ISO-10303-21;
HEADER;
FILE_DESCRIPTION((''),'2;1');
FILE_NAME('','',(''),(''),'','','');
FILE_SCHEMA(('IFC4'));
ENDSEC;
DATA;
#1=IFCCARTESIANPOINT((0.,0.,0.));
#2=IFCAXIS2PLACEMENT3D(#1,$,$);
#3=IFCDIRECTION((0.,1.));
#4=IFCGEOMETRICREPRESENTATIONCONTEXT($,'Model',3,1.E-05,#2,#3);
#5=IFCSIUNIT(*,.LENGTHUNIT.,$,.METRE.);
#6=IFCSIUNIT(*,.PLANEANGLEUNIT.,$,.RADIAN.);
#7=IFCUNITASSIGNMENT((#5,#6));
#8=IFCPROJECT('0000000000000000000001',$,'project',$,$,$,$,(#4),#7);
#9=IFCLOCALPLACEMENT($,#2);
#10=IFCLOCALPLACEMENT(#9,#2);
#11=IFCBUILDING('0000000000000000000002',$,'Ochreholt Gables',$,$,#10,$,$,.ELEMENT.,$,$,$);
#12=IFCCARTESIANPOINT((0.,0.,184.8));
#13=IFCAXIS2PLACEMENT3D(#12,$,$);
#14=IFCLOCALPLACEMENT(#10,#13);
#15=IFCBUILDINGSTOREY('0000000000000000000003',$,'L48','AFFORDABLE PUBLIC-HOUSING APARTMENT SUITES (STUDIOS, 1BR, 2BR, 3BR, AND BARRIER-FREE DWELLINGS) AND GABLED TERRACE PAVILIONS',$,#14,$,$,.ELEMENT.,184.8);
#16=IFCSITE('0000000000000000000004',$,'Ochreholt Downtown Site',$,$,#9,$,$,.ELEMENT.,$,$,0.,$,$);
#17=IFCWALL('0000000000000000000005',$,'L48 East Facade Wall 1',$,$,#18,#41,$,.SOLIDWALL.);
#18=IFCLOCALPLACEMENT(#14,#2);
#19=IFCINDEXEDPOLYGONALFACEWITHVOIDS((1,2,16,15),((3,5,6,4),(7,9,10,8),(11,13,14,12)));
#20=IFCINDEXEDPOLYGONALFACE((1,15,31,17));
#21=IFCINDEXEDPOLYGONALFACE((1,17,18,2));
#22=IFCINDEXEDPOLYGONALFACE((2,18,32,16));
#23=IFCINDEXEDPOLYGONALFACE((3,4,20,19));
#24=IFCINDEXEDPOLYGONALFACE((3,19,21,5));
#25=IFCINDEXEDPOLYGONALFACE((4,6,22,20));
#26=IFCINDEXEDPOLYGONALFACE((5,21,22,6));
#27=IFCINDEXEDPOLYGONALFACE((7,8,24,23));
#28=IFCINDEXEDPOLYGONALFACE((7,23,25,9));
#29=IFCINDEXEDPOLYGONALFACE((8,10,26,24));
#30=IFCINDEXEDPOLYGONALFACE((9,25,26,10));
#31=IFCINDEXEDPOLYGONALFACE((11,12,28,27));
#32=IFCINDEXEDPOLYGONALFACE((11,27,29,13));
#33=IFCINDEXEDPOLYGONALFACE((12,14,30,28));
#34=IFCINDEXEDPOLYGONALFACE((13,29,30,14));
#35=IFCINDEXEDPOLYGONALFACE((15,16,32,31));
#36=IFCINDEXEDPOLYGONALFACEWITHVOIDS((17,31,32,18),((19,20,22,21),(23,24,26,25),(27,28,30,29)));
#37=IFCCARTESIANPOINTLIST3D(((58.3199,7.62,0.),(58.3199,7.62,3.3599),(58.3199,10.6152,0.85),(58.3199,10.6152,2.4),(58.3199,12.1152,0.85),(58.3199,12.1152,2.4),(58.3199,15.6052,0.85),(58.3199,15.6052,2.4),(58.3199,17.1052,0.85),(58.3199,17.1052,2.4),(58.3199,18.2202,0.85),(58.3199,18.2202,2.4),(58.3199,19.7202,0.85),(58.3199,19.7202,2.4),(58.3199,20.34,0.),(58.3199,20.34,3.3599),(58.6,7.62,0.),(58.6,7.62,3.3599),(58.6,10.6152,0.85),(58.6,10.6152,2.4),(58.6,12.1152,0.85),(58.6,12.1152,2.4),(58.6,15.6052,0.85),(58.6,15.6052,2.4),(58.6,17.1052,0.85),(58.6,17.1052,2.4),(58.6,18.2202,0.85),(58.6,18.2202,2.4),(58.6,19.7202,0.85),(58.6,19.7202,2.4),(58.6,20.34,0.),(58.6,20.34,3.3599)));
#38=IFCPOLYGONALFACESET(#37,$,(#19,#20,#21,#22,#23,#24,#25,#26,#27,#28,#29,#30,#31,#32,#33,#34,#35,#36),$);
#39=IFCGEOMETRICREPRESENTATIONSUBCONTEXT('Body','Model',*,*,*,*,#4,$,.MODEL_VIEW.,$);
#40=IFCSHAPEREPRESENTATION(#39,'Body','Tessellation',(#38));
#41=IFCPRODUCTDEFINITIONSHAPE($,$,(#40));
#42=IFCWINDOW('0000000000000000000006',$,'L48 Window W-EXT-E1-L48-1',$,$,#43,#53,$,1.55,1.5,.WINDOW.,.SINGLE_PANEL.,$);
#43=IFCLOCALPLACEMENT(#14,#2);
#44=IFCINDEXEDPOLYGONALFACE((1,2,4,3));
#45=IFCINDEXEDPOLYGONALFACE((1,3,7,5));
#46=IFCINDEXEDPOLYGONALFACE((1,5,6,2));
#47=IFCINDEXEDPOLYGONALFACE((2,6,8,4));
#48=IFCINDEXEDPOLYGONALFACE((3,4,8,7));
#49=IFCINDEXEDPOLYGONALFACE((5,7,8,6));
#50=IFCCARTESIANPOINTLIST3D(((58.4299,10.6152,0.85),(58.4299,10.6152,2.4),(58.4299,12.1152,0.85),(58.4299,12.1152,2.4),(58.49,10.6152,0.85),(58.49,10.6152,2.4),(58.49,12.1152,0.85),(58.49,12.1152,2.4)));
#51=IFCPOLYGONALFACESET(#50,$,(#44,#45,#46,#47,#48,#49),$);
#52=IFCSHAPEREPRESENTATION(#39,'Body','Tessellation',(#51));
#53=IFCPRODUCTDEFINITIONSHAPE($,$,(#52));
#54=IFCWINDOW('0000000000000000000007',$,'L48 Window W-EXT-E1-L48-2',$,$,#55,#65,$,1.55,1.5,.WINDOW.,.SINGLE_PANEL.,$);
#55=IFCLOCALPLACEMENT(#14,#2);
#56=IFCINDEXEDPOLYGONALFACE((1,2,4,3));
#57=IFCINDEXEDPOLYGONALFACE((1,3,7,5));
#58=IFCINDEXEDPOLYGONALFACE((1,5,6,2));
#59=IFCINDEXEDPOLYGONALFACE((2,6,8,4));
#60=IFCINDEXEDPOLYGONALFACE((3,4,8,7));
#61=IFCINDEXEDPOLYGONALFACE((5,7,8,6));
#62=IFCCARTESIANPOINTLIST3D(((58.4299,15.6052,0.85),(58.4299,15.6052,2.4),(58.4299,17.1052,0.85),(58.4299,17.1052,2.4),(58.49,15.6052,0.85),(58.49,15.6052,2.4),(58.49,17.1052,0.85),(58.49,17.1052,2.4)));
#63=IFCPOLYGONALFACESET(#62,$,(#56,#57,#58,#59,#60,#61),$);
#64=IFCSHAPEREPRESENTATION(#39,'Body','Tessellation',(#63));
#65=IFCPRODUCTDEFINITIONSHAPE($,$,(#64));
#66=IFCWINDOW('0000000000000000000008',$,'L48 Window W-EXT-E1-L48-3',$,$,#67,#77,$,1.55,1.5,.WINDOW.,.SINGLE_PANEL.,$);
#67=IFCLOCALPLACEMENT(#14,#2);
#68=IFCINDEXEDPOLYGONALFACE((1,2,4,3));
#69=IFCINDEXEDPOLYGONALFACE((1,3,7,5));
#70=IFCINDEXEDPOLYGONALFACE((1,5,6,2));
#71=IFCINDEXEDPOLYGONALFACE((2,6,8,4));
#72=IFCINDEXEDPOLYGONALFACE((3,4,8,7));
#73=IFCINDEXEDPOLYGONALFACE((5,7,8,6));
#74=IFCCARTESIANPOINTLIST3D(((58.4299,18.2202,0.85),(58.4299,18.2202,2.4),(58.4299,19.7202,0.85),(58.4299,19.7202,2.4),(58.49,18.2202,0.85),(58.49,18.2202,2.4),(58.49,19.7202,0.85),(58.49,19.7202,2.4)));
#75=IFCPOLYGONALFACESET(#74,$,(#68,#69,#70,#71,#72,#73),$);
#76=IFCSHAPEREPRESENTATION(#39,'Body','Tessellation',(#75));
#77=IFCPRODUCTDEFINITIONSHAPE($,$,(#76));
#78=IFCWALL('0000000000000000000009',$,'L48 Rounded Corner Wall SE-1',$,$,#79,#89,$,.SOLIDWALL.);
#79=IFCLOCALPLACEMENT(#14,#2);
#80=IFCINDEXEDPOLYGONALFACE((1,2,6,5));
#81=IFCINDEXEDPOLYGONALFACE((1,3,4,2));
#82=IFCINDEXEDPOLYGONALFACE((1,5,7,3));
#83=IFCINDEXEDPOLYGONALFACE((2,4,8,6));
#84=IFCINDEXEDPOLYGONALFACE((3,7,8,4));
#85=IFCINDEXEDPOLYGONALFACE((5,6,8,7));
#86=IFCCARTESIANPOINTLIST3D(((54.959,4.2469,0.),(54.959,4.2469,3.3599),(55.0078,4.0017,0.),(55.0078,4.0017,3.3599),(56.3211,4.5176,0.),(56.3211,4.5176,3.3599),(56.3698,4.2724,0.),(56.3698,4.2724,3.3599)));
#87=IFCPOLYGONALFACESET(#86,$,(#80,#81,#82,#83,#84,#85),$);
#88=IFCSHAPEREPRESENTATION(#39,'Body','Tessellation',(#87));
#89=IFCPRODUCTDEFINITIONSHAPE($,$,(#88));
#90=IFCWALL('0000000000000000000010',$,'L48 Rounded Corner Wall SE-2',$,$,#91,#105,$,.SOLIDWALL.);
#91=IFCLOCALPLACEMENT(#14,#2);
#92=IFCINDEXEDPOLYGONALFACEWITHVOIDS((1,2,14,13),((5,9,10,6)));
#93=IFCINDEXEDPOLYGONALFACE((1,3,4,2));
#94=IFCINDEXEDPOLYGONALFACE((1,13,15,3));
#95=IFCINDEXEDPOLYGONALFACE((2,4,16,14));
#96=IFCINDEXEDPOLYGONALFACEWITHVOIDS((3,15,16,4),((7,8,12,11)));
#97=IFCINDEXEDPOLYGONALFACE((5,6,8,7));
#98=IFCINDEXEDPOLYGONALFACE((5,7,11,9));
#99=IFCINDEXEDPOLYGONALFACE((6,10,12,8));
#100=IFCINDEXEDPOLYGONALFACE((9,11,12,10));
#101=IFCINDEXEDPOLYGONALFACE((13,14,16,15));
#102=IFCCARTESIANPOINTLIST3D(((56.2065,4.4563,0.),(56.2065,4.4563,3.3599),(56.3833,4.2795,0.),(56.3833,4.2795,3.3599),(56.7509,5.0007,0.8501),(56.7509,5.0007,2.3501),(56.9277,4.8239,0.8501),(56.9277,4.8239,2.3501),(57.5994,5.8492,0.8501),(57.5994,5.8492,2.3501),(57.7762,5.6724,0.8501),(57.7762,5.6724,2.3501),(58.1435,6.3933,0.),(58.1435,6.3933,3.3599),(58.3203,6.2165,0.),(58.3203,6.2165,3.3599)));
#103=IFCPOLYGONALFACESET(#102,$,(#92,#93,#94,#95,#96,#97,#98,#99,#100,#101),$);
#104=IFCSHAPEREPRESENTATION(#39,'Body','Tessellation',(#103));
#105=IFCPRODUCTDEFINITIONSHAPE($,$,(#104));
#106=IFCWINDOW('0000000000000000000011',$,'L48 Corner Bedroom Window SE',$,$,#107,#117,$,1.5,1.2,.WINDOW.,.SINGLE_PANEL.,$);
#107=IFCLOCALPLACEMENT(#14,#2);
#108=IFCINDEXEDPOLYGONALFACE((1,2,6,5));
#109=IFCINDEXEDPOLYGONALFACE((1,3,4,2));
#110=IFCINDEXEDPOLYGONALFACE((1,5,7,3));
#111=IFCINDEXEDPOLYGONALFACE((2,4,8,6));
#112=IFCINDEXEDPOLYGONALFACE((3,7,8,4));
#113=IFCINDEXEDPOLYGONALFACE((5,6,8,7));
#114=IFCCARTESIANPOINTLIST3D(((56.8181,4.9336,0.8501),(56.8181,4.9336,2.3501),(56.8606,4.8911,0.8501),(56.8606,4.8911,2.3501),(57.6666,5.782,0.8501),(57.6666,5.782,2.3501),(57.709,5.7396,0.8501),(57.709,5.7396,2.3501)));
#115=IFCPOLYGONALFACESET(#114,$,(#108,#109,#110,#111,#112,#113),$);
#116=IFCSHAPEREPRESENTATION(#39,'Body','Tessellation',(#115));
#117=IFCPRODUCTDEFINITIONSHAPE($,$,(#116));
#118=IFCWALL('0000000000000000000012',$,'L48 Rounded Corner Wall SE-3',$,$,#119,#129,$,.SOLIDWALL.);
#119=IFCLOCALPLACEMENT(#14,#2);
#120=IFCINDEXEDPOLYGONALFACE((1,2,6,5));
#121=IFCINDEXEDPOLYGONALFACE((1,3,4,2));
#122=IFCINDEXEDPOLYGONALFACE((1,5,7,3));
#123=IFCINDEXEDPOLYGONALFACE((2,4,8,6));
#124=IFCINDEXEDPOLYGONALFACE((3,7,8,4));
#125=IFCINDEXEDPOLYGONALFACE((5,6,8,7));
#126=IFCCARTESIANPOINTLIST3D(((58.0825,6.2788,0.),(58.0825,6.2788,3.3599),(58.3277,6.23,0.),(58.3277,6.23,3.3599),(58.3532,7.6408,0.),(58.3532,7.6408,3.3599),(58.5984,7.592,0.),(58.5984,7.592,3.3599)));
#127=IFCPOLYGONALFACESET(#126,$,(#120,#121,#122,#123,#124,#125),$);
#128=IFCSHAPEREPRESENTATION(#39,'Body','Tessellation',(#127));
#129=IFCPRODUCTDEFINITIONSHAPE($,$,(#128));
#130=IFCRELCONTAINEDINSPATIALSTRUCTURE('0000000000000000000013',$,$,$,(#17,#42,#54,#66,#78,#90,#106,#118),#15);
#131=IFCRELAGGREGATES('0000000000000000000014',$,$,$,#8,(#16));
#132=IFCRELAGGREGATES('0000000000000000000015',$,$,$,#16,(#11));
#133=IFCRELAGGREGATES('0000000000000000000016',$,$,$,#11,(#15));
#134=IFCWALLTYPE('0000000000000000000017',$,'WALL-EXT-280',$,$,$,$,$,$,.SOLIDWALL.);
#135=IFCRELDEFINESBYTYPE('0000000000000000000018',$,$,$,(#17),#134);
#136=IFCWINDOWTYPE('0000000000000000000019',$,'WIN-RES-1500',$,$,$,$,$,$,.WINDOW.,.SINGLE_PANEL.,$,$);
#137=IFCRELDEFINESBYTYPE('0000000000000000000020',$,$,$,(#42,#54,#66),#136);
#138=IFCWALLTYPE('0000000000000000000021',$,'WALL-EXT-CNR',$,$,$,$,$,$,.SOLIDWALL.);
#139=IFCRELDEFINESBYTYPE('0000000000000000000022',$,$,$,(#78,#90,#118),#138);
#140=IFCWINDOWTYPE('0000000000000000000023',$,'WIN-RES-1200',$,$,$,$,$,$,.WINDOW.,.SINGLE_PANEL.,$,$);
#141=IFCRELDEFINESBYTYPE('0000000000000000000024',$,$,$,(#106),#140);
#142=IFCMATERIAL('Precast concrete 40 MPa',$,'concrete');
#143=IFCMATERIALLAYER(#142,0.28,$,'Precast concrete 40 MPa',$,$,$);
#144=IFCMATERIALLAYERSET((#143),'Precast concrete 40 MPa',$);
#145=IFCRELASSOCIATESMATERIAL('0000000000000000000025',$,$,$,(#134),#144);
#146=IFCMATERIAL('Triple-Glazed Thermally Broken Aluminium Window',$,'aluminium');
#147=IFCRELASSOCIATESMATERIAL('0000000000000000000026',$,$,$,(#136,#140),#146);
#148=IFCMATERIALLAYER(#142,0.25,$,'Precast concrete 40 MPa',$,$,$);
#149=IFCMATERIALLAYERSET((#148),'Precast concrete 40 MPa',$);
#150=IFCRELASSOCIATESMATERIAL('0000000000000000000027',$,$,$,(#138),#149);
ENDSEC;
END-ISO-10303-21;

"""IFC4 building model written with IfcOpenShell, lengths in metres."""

from ifc_helpers import new_model, si_unit, direction, frame, frame_2d, origin, place, context, subcontext, project, spatial, rectangle, extrude, material, layer, layer_set, type_object, element, fill, save


model = new_model("IFC4")

# Units and contexts
model_context = context("Model", 3, precision=1e-05, world=origin(), true_north=direction((0.0, 1.0)))
body_context = subcontext(model_context, "Body", "Model", "MODEL_VIEW")
ifc_project = project(units=[si_unit("LENGTHUNIT", "METRE"), si_unit("PLANEANGLEUNIT", "RADIAN")], contexts=[model_context])

# Site, building, storey
site_placement = place(None, origin())
site = spatial("IfcSite", under=ifc_project, at=site_placement, Name="Ochreholt Downtown Site", CompositionType="ELEMENT", RefElevation=0.0)
building_placement = place(site_placement, origin())
building = spatial("IfcBuilding", under=site, at=building_placement, Name="Ochreholt Gables", CompositionType="ELEMENT")
storey_placement = place(building_placement, frame((0.0, 0.0, 184.8)))
storey = spatial("IfcBuildingStorey", under=building, at=storey_placement, Name="L48", Description="AFFORDABLE PUBLIC-HOUSING APARTMENT SUITES (STUDIOS, 1BR, 2BR, 3BR, AND BARRIER-FREE DWELLINGS) AND GABLED TERRACE PAVILIONS", CompositionType="ELEMENT", Elevation=184.8)

# Wall, openings, windows
ifc_material_1 = material(Name="Precast concrete 40 MPa", Category="concrete")
ifc_layer_1 = layer(ifc_material_1, 0.28, Name="Precast concrete 40 MPa")
ifc_layer_set_1 = layer_set([ifc_layer_1], Name="Precast concrete 40 MPa")
wall_type_1 = type_object("IfcWallType", Name="WALL-EXT-280", PredefinedType="SOLIDWALL", material=ifc_layer_set_1)
wall_1_placement = place(storey_placement, frame((58.46, 7.6201, 0.0), z_axis=(0.0, 0.0, 1.0), x_axis=(0.0, 1.0, 0.0)))
wall_1 = element("IfcWall", 1, at=wall_1_placement, inside=storey, type_object=wall_type_1, Name="L48 East Facade Wall 1", PredefinedType="SOLIDWALL", context=body_context, shape_type="SweptSolid", body=[
    extrude(rectangle(XDim=12.72, YDim=0.28, at=frame_2d((6.3599, 0.0))), origin(), (0.0, 0.0, 1.0), 3.3599),
])
opening_1_placement = place(wall_1_placement, frame((2.9951, 0.0, 0.8501)))
opening_1 = element("IfcOpeningElement", 2, at=opening_1_placement, cuts=wall_1, PredefinedType="OPENING", context=body_context, shape_type="SweptSolid", body=[
    extrude(rectangle(XDim=1.5, YDim=1.55, at=frame_2d((0.75, 0.7749))), frame((0.0, 0.1499, 0.0), z_axis=(0.0, -1.0, 0.0), x_axis=(1.0, 0.0, 0.0)), (0.0, 0.0, 1.0), 0.3),
])
opening_2_placement = place(wall_1_placement, frame((7.9851, 0.0, 0.8501)))
opening_2 = element("IfcOpeningElement", 3, at=opening_2_placement, cuts=wall_1, PredefinedType="OPENING", context=body_context, shape_type="SweptSolid", body=[
    extrude(rectangle(XDim=1.5, YDim=1.55, at=frame_2d((0.75, 0.7749))), frame((0.0, 0.1499, 0.0), z_axis=(0.0, -1.0, 0.0), x_axis=(1.0, 0.0, 0.0)), (0.0, 0.0, 1.0), 0.3),
])
opening_3_placement = place(wall_1_placement, frame((10.6001, 0.0, 0.8501)))
opening_3 = element("IfcOpeningElement", 4, at=opening_3_placement, cuts=wall_1, PredefinedType="OPENING", context=body_context, shape_type="SweptSolid", body=[
    extrude(rectangle(XDim=1.5, YDim=1.55, at=frame_2d((0.75, 0.7749))), frame((0.0, 0.1499, 0.0), z_axis=(0.0, -1.0, 0.0), x_axis=(1.0, 0.0, 0.0)), (0.0, 0.0, 1.0), 0.3),
])
ifc_material_2 = material(Name="Triple-Glazed Thermally Broken Aluminium Window", Category="aluminium")
window_type_1 = type_object("IfcWindowType", Name="WIN-RES-1500", PartitioningType="SINGLE_PANEL", PredefinedType="WINDOW", material=ifc_material_2)
window_1_placement = place(opening_1_placement, origin())
window_1 = element("IfcWindow", 5, at=window_1_placement, inside=storey, type_object=window_type_1, Name="L48 Window W-EXT-E1-L48-1", OverallHeight=1.55, OverallWidth=1.5, PartitioningType="SINGLE_PANEL", PredefinedType="WINDOW", context=body_context, shape_type="SweptSolid", body=[
    extrude(rectangle(XDim=1.5, YDim=1.55, at=frame_2d((0.75, 0.7749))), frame((0.0, 0.03, 0.0), z_axis=(0.0, -1.0, 0.0), x_axis=(1.0, 0.0, 0.0)), (0.0, 0.0, 1.0), 0.0601),
])
fill(opening_1, window_1)
window_2_placement = place(opening_2_placement, origin())
window_2 = element("IfcWindow", 6, at=window_2_placement, inside=storey, type_object=window_type_1, Name="L48 Window W-EXT-E1-L48-2", OverallHeight=1.55, OverallWidth=1.5, PartitioningType="SINGLE_PANEL", PredefinedType="WINDOW", context=body_context, shape_type="SweptSolid", body=[
    extrude(rectangle(XDim=1.5, YDim=1.55, at=frame_2d((0.75, 0.7749))), frame((0.0, 0.03, 0.0), z_axis=(0.0, -1.0, 0.0), x_axis=(1.0, 0.0, 0.0)), (0.0, 0.0, 1.0), 0.0601),
])
fill(opening_2, window_2)
window_3_placement = place(opening_3_placement, origin())
window_3 = element("IfcWindow", 7, at=window_3_placement, inside=storey, type_object=window_type_1, Name="L48 Window W-EXT-E1-L48-3", OverallHeight=1.55, OverallWidth=1.5, PartitioningType="SINGLE_PANEL", PredefinedType="WINDOW", context=body_context, shape_type="SweptSolid", body=[
    extrude(rectangle(XDim=1.5, YDim=1.55, at=frame_2d((0.75, 0.7749))), frame((0.0, 0.03, 0.0), z_axis=(0.0, -1.0, 0.0), x_axis=(1.0, 0.0, 0.0)), (0.0, 0.0, 1.0), 0.0601),
])
fill(opening_3, window_3)

# Wall
ifc_layer_2 = layer(ifc_material_1, 0.25, Name="Precast concrete 40 MPa")
ifc_layer_set_2 = layer_set([ifc_layer_2], Name="Precast concrete 40 MPa")
wall_type_2 = type_object("IfcWallType", Name="WALL-EXT-CNR", PredefinedType="SOLIDWALL", material=ifc_layer_set_2)
wall_2_placement = place(storey_placement, frame((54.9834, 4.1243, 0.0), z_axis=(0.0, 0.0, 1.0), x_axis=(0.98081, 0.194967, 0.0)))
element("IfcWall", 8, at=wall_2_placement, inside=storey, type_object=wall_type_2, Name="L48 Rounded Corner Wall SE-1", PredefinedType="SOLIDWALL", context=body_context, shape_type="SweptSolid", body=[
    extrude(rectangle(XDim=1.3887, YDim=0.25, at=frame_2d((0.6943, 0.0))), origin(), (0.0, 0.0, 1.0), 3.3599),
])

# Wall, opening, window
wall_3_placement = place(storey_placement, frame((56.2949, 4.3679, 0.0), z_axis=(0.0, 0.0, 1.0), x_axis=(0.707107, 0.707107, 0.0)))
wall_3 = element("IfcWall", 9, at=wall_3_placement, inside=storey, type_object=wall_type_2, Name="L48 Rounded Corner Wall SE-2", PredefinedType="SOLIDWALL", context=body_context, shape_type="SweptSolid", body=[
    extrude(rectangle(XDim=2.7393, YDim=0.25, at=frame_2d((1.3696, 0.0))), origin(), (0.0, 0.0, 1.0), 3.3599),
])
opening_4_placement = place(wall_3_placement, frame((0.7698, 0.0, 0.8501)))
opening_4 = element("IfcOpeningElement", 10, at=opening_4_placement, cuts=wall_3, PredefinedType="OPENING", context=body_context, shape_type="SweptSolid", body=[
    extrude(rectangle(XDim=1.2, YDim=1.5, at=frame_2d((0.6001, 0.75))), frame((0.0, 0.135, 0.0), z_axis=(0.0, -1.0, 0.0), x_axis=(1.0, 0.0, 0.0)), (0.0, 0.0, 1.0), 0.27),
])
window_type_2 = type_object("IfcWindowType", Name="WIN-RES-1200", PartitioningType="SINGLE_PANEL", PredefinedType="WINDOW", material=ifc_material_2)
window_4_placement = place(opening_4_placement, origin())
window_4 = element("IfcWindow", 11, at=window_4_placement, inside=storey, type_object=window_type_2, Name="L48 Corner Bedroom Window SE", OverallHeight=1.5, OverallWidth=1.2, PartitioningType="SINGLE_PANEL", PredefinedType="WINDOW", context=body_context, shape_type="SweptSolid", body=[
    extrude(rectangle(XDim=1.2, YDim=1.5, at=frame_2d((0.6001, 0.75))), frame((0.0, 0.03, 0.0), z_axis=(0.0, -1.0, 0.0), x_axis=(1.0, 0.0, 0.0)), (0.0, 0.0, 1.0), 0.0601),
])
fill(opening_4, window_4)

# Wall
wall_4_placement = place(storey_placement, frame((58.2051, 6.2544, 0.0), z_axis=(0.0, 0.0, 1.0), x_axis=(0.194967, 0.98081, 0.0)))
element("IfcWall", 12, at=wall_4_placement, inside=storey, type_object=wall_type_2, Name="L48 Rounded Corner Wall SE-3", PredefinedType="SOLIDWALL", context=body_context, shape_type="SweptSolid", body=[
    extrude(rectangle(XDim=1.3887, YDim=0.25, at=frame_2d((0.6943, 0.0))), origin(), (0.0, 0.0, 1.0), 3.3599),
])

save(model, "model.ifc")
